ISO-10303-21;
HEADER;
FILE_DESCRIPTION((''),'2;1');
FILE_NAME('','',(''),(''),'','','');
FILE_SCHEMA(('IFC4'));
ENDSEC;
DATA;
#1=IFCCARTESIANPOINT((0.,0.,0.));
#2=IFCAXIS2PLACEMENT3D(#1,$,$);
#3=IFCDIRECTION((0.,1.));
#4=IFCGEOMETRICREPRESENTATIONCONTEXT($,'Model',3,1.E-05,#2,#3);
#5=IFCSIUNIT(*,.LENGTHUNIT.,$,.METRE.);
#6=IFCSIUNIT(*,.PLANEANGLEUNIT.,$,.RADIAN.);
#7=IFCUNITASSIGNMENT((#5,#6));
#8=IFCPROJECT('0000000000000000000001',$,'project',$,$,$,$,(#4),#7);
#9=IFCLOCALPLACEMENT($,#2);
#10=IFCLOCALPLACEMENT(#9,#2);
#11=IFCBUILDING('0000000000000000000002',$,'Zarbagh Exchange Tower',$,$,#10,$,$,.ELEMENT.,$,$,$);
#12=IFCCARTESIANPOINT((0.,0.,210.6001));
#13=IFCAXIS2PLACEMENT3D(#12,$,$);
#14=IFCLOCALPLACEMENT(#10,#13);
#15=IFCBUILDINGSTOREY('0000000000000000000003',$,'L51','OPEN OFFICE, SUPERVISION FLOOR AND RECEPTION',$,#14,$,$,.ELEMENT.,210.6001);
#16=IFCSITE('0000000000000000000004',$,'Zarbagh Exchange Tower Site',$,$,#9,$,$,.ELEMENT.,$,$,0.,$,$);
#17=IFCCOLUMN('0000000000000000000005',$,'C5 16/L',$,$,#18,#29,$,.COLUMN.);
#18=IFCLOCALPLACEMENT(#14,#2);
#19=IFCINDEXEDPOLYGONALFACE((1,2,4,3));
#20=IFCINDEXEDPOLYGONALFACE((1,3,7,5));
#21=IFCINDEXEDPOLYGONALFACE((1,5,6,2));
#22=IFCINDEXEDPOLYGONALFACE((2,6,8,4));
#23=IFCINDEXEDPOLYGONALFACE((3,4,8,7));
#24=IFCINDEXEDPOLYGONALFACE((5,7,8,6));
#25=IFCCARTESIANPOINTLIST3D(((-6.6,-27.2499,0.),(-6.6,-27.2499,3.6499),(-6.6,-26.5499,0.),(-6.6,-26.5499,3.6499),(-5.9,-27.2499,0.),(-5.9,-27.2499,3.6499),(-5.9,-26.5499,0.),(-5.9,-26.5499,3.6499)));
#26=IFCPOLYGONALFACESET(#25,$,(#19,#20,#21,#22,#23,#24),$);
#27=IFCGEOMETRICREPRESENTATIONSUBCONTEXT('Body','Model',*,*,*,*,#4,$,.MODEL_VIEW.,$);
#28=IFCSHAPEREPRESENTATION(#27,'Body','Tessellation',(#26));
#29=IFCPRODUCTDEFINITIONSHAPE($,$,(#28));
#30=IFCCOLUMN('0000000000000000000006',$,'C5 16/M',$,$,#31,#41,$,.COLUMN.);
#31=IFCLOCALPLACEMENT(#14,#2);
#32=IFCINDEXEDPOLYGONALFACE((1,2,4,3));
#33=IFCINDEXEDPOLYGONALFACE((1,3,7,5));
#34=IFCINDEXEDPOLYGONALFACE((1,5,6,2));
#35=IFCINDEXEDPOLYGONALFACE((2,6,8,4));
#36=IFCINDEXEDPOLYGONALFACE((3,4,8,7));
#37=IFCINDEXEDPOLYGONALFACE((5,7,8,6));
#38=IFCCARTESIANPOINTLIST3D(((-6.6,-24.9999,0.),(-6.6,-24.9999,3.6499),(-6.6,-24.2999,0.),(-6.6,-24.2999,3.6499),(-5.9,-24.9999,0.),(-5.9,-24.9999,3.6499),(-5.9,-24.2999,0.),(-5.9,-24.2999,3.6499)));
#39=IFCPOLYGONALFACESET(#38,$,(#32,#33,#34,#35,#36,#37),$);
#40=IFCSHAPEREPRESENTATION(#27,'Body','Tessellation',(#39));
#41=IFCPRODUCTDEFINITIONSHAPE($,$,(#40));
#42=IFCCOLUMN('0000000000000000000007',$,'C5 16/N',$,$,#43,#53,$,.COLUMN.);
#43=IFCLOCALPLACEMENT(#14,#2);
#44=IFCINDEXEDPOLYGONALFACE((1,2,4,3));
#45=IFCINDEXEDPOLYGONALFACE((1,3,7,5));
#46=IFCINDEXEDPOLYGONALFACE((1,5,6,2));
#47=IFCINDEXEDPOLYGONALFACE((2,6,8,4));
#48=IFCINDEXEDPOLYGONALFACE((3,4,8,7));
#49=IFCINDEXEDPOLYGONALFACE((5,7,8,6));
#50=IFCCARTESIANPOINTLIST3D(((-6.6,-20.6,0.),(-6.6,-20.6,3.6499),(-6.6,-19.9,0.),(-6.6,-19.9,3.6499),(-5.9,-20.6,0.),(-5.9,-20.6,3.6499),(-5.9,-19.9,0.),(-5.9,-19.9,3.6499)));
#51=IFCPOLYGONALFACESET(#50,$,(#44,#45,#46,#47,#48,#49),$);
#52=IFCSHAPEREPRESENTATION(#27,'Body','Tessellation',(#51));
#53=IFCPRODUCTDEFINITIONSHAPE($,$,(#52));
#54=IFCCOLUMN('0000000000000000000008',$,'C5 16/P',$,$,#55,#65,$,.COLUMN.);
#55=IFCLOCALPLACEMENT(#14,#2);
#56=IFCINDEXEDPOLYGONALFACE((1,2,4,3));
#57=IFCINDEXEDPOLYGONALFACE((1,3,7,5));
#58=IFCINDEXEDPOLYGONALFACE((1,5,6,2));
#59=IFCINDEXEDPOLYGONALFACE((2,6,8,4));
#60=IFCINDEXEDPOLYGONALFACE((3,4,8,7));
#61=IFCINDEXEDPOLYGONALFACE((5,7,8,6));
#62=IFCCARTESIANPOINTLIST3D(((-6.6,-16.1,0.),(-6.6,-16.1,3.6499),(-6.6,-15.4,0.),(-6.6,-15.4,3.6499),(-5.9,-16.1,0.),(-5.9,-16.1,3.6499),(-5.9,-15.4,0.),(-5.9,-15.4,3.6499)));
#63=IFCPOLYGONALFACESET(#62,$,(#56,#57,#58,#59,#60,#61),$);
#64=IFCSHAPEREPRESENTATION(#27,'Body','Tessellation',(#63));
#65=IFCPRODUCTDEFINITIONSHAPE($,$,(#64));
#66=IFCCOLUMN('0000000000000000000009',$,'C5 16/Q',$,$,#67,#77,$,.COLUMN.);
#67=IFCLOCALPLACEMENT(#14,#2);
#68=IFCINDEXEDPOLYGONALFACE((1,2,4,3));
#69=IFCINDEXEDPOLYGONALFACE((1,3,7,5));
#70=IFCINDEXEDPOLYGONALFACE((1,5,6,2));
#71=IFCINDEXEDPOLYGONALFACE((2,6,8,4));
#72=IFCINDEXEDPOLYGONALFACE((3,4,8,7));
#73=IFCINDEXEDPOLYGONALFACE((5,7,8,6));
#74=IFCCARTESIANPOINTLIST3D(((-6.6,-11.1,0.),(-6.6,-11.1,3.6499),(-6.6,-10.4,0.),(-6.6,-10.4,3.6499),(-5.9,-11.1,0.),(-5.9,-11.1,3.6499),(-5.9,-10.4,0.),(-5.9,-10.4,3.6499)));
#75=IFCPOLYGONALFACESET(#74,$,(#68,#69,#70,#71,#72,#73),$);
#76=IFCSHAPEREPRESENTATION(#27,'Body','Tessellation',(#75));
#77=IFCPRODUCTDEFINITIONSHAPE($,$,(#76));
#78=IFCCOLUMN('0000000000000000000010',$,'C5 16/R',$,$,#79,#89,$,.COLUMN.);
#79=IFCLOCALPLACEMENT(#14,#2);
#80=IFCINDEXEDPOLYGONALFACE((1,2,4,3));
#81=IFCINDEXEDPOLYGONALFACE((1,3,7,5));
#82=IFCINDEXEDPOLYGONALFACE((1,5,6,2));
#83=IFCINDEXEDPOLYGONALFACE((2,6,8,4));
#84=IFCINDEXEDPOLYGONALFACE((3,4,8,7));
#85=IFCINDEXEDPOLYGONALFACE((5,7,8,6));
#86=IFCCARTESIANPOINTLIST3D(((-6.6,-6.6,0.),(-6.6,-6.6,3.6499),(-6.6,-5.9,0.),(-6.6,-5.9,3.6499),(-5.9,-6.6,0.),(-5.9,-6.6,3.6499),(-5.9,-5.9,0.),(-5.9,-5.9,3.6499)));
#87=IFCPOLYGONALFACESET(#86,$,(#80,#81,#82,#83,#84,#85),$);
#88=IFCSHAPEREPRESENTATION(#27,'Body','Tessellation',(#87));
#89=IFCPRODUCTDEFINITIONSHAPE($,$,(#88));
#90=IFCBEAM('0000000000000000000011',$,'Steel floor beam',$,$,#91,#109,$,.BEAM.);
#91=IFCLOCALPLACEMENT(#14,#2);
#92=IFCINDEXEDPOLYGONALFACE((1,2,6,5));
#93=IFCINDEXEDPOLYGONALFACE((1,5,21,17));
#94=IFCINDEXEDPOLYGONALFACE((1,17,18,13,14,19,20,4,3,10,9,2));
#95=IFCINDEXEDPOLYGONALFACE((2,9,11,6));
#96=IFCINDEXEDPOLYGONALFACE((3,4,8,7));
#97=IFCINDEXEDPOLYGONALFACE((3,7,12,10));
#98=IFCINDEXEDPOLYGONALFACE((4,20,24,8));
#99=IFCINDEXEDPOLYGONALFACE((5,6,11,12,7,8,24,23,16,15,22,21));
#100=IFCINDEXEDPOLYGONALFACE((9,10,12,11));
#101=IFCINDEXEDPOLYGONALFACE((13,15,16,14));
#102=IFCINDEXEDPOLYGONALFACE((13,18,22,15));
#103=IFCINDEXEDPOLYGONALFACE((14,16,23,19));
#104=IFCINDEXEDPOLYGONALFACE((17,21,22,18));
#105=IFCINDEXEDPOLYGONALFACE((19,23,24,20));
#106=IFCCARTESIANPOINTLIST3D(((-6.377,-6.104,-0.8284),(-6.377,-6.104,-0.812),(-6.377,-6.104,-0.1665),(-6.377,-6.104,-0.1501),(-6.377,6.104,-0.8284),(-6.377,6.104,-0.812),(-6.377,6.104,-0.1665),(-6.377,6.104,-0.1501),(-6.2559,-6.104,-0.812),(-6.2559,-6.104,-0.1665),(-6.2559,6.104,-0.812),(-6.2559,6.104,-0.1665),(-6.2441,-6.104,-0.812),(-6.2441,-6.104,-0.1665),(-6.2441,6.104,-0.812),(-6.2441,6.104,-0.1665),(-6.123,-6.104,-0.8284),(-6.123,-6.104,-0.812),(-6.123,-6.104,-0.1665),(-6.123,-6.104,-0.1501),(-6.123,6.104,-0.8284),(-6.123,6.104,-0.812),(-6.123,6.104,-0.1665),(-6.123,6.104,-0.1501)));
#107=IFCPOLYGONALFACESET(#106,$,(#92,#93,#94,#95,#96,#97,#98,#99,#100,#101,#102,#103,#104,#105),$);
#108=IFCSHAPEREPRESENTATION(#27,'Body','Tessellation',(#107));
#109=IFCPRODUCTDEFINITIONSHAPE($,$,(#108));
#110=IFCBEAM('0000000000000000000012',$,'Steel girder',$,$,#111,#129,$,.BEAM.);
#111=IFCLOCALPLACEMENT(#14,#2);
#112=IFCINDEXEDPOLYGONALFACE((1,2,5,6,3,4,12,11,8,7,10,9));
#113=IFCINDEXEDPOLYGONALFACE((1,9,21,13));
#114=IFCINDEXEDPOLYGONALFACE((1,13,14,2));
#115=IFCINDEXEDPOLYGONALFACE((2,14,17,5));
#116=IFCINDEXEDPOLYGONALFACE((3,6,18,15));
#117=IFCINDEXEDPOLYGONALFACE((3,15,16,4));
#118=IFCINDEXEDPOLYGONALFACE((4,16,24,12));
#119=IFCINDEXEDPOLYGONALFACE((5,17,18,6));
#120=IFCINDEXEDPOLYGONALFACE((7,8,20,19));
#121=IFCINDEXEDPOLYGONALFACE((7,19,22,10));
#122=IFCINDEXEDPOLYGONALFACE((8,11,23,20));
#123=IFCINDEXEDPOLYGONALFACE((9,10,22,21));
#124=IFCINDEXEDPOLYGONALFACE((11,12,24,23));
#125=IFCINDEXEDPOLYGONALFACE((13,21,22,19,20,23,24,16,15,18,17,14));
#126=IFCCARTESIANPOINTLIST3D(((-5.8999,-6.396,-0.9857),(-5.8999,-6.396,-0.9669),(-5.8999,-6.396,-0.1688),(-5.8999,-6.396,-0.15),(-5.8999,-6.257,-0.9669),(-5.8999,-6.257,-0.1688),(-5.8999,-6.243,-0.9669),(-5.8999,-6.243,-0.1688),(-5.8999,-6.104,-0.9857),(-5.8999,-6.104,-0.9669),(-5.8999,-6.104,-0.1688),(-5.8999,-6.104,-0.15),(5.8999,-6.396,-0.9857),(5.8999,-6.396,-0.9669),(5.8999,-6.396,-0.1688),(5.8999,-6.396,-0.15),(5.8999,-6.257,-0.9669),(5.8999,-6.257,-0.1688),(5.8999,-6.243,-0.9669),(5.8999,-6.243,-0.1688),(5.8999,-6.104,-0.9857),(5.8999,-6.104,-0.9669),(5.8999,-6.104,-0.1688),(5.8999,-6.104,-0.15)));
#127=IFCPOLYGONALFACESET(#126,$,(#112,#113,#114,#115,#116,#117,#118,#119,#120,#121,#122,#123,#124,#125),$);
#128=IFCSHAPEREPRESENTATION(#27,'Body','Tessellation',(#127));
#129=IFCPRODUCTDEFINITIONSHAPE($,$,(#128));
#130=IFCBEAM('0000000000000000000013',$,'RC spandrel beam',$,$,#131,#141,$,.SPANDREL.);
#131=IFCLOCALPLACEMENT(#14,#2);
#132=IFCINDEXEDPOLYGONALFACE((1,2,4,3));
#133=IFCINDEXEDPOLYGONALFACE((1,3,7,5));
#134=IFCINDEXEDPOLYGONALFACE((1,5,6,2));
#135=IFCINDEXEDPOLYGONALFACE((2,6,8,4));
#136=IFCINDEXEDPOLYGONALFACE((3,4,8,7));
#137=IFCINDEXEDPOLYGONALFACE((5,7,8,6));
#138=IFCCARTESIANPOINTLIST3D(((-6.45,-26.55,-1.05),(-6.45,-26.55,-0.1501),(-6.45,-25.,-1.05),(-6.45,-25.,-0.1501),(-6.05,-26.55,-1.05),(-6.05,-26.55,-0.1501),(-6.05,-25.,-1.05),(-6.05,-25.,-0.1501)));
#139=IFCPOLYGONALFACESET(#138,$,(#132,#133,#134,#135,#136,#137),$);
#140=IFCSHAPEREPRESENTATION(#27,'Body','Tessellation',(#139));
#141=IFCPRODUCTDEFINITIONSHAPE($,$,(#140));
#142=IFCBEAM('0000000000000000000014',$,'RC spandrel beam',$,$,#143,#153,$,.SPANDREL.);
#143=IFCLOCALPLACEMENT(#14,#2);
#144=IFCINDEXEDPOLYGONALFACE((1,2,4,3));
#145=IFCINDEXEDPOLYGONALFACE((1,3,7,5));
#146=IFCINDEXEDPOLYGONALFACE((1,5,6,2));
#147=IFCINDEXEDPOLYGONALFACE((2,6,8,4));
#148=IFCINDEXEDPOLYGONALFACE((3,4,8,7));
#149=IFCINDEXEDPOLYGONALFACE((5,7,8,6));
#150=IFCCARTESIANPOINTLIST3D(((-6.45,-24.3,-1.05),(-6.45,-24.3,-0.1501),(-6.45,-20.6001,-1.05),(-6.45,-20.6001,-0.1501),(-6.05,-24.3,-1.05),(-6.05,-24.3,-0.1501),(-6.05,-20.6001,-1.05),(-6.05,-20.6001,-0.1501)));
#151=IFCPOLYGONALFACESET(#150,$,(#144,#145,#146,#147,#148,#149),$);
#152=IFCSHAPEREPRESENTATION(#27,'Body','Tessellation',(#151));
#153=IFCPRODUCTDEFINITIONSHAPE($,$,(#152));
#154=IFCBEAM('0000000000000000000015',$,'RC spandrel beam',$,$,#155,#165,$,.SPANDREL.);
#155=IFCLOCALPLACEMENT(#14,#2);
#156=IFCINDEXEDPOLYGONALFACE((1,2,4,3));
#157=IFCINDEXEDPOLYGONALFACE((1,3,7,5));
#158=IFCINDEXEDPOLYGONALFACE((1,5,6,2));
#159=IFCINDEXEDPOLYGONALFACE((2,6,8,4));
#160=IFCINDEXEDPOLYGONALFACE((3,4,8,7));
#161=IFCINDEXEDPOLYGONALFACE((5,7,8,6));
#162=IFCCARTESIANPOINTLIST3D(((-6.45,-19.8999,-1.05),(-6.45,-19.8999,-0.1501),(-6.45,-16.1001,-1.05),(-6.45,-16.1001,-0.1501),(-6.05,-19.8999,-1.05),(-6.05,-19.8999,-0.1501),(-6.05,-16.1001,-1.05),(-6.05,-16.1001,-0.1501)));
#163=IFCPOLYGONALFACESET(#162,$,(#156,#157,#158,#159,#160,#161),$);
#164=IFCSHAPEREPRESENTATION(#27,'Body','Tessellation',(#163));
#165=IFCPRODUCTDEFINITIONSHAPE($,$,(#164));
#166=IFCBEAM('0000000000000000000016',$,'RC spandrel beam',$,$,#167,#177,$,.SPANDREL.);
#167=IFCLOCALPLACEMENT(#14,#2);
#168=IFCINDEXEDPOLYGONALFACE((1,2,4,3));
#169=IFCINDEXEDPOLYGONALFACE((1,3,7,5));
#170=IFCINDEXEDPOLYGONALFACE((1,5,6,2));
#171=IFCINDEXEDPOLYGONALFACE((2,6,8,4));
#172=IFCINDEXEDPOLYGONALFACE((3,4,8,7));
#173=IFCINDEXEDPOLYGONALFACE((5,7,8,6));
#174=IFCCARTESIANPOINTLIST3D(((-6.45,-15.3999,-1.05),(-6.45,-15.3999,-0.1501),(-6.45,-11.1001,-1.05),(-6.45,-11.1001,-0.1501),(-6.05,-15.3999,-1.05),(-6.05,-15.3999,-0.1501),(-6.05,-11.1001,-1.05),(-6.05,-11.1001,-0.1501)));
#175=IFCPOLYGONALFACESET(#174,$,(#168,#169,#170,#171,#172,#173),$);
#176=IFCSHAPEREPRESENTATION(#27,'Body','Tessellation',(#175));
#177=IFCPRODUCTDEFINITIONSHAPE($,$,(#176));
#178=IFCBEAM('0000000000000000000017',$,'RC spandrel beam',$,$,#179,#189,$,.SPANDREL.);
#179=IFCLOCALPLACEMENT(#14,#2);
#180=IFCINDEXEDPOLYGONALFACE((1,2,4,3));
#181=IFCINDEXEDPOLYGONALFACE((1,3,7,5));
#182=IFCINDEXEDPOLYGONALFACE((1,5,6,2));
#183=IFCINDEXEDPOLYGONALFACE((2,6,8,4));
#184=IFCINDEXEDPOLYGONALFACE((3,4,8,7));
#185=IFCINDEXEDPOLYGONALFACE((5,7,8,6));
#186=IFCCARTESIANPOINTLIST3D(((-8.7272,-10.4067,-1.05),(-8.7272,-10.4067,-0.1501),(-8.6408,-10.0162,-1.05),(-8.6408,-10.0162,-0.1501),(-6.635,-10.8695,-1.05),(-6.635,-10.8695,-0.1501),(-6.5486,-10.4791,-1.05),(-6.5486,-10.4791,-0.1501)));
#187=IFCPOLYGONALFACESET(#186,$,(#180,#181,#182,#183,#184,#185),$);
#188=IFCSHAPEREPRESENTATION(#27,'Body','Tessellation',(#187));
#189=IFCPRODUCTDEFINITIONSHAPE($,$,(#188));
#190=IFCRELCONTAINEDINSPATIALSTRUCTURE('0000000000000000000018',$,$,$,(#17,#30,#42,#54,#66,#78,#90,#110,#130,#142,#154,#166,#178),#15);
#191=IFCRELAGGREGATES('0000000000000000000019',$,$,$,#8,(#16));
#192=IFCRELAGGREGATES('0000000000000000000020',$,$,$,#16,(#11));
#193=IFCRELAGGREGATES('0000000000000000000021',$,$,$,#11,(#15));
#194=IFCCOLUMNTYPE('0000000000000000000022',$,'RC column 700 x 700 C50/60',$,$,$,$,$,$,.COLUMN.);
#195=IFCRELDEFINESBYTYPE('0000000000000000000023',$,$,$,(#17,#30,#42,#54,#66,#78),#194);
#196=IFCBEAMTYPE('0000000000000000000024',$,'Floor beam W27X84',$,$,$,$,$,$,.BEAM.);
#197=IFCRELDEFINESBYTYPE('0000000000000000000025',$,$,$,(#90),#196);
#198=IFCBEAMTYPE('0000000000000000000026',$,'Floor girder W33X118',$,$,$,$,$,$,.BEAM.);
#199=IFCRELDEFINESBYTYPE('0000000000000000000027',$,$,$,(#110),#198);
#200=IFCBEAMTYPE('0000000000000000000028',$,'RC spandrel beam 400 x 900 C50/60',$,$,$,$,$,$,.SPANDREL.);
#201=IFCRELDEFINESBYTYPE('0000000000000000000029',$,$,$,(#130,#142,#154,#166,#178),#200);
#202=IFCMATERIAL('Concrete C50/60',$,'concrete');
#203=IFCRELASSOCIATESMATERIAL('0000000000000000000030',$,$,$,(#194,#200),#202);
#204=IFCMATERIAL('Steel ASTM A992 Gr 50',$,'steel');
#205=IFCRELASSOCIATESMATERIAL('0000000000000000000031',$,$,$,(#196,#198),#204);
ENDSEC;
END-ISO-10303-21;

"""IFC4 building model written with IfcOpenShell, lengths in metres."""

from ifc_helpers import new_model, si_unit, direction, frame, origin, origin_2d, place, context, subcontext, project, spatial, rectangle, i_section, extrude, material, material_profile, profile_set, type_object, element, save


model = new_model("IFC4")

# Units and contexts
model_context = context("Model", 3, precision=1e-05, world=origin(), true_north=direction((0.0, 1.0)))
body_context = subcontext(model_context, "Body", "Model", "MODEL_VIEW")
ifc_project = project(units=[si_unit("LENGTHUNIT", "METRE"), si_unit("PLANEANGLEUNIT", "RADIAN")], contexts=[model_context])

# Site, building, storey
site_placement = place(None, origin())
site = spatial("IfcSite", under=ifc_project, at=site_placement, Name="Zarbagh Exchange Tower Site", CompositionType="ELEMENT", RefElevation=0.0)
building_placement = place(site_placement, origin())
building = spatial("IfcBuilding", under=site, at=building_placement, Name="Zarbagh Exchange Tower", CompositionType="ELEMENT")
storey_placement = place(building_placement, frame((0.0, 0.0, 210.6001)))
storey = spatial("IfcBuildingStorey", under=building, at=storey_placement, Name="L51", Description="OPEN OFFICE, SUPERVISION FLOOR AND RECEPTION", CompositionType="ELEMENT", Elevation=210.6001)

# Columns
ifc_material_1 = material(Name="Concrete C50/60", Category="concrete")
ifc_material_profile_1 = material_profile(ifc_material_1, rectangle(XDim=0.7, YDim=0.7, at=origin_2d()), Name="RC column 700 x 700 C50/60")
ifc_profile_set_1 = profile_set([ifc_material_profile_1], Name="Concrete C50/60")
column_type = type_object("IfcColumnType", Name="RC column 700 x 700 C50/60", PredefinedType="COLUMN", material=ifc_profile_set_1)
for number, where, z_axis, x_axis, name in (
    (1, (-6.25, -26.8999, 0.0), (0.0, 0.0, 1.0), (1.0, 0.0, 0.0), "C5 16/L"),
    (2, (-6.25, -24.6499, 0.0), (0.0, 0.0, 1.0), (1.0, 0.0, 0.0), "C5 16/M"),
    (3, (-6.25, -20.25, 0.0), (0.0, 0.0, 1.0), (1.0, 0.0, 0.0), "C5 16/N"),
    (4, (-6.25, -15.75, 0.0), (0.0, 0.0, 1.0), (1.0, 0.0, 0.0), "C5 16/P"),
    (5, (-6.25, -10.75, 0.0), (0.0, 0.0, 1.0), (1.0, 0.0, 0.0), "C5 16/Q"),
    (6, (-6.25, -6.25, 0.0), (0.0, 0.0, 1.0), (1.0, 0.0, 0.0), "C5 16/R"),
):
    element("IfcColumn", number, at=place(storey_placement, frame(where, z_axis=z_axis, x_axis=x_axis)), inside=storey, type_object=column_type, Name=name, PredefinedType="COLUMN", context=body_context, shape_type="SweptSolid", body=[
        extrude(rectangle(XDim=0.7, YDim=0.7, at=origin_2d()), origin(), (0.0, 0.0, 1.0), 3.6499),
    ])

# Beams
ifc_material_2 = material(Name="Steel ASTM A992 Gr 50", Category="steel")
ifc_material_profile_2 = material_profile(ifc_material_2, i_section(OverallWidth=0.2539, OverallDepth=0.6782, WebThickness=0.0117, FlangeThickness=0.0164, at=origin_2d()), Name="W27X84")
ifc_profile_set_2 = profile_set([ifc_material_profile_2], Name="Steel ASTM A992 Gr 50")
beam_type_1 = type_object("IfcBeamType", Name="Floor beam W27X84", PredefinedType="BEAM", material=ifc_profile_set_2)
beam_1_placement = place(storey_placement, frame((-6.25, -6.104, -0.4893), z_axis=(0.0, 1.0, 0.0), x_axis=(-1.0, 0.0, 0.0)))
element("IfcBeam", 7, at=beam_1_placement, inside=storey, type_object=beam_type_1, Name="Steel floor beam", PredefinedType="BEAM", context=body_context, shape_type="SweptSolid", body=[
    extrude(i_section(OverallWidth=0.2539, OverallDepth=0.6782, WebThickness=0.0117, FlangeThickness=0.0164, at=origin_2d()), origin(), (0.0, 0.0, 1.0), 12.208),
])
ifc_material_profile_3 = material_profile(ifc_material_2, i_section(OverallWidth=0.292, OverallDepth=0.8357, WebThickness=0.0139, FlangeThickness=0.0188, at=origin_2d()), Name="W33X118")
ifc_profile_set_3 = profile_set([ifc_material_profile_3], Name="Steel ASTM A992 Gr 50")
beam_type_2 = type_object("IfcBeamType", Name="Floor girder W33X118", PredefinedType="BEAM", material=ifc_profile_set_3)
beam_2_placement = place(storey_placement, frame((-5.8999, -6.25, -0.5679), z_axis=(1.0, 0.0, 0.0), x_axis=(0.0, 1.0, 0.0)))
element("IfcBeam", 8, at=beam_2_placement, inside=storey, type_object=beam_type_2, Name="Steel girder", PredefinedType="BEAM", context=body_context, shape_type="SweptSolid", body=[
    extrude(i_section(OverallWidth=0.292, OverallDepth=0.8357, WebThickness=0.0139, FlangeThickness=0.0188, at=origin_2d()), origin(), (0.0, 0.0, 1.0), 11.7998),
])
ifc_material_profile_4 = material_profile(ifc_material_1, rectangle(XDim=0.3999, YDim=0.8999, at=origin_2d()), Name="RC spandrel beam 400 x 900 C50/60")
ifc_profile_set_4 = profile_set([ifc_material_profile_4], Name="Concrete C50/60")
beam_type_3 = type_object("IfcBeamType", Name="RC spandrel beam 400 x 900 C50/60", PredefinedType="SPANDREL", material=ifc_profile_set_4)
beam_3_placement = place(storey_placement, frame((-6.25, -26.55, -0.6001), z_axis=(0.0, 1.0, 0.0), x_axis=(-1.0, 0.0, 0.0)))
element("IfcBeam", 9, at=beam_3_placement, inside=storey, type_object=beam_type_3, Name="RC spandrel beam", PredefinedType="SPANDREL", context=body_context, shape_type="SweptSolid", body=[
    extrude(rectangle(XDim=0.3999, YDim=0.8999, at=origin_2d()), origin(), (0.0, 0.0, 1.0), 1.55),
])
beam_4_placement = place(storey_placement, frame((-6.25, -24.3, -0.6001), z_axis=(0.0, 1.0, 0.0), x_axis=(-1.0, 0.0, 0.0)))
element("IfcBeam", 10, at=beam_4_placement, inside=storey, type_object=beam_type_3, Name="RC spandrel beam", PredefinedType="SPANDREL", context=body_context, shape_type="SweptSolid", body=[
    extrude(rectangle(XDim=0.3999, YDim=0.8999, at=origin_2d()), origin(), (0.0, 0.0, 1.0), 3.7),
])
beam_5_placement = place(storey_placement, frame((-6.25, -19.8999, -0.6001), z_axis=(0.0, 1.0, 0.0), x_axis=(-1.0, 0.0, 0.0)))
element("IfcBeam", 11, at=beam_5_placement, inside=storey, type_object=beam_type_3, Name="RC spandrel beam", PredefinedType="SPANDREL", context=body_context, shape_type="SweptSolid", body=[
    extrude(rectangle(XDim=0.3999, YDim=0.8999, at=origin_2d()), origin(), (0.0, 0.0, 1.0), 3.7998),
])
beam_6_placement = place(storey_placement, frame((-6.25, -15.3999, -0.6001), z_axis=(0.0, 1.0, 0.0), x_axis=(-1.0, 0.0, 0.0)))
element("IfcBeam", 12, at=beam_6_placement, inside=storey, type_object=beam_type_3, Name="RC spandrel beam", PredefinedType="SPANDREL", context=body_context, shape_type="SweptSolid", body=[
    extrude(rectangle(XDim=0.3999, YDim=0.8999, at=origin_2d()), origin(), (0.0, 0.0, 1.0), 4.2998),
])
beam_7_placement = place(storey_placement, frame((-6.5918, -10.6743, -0.6001), z_axis=(-0.97639, 0.216014, 0.0), x_axis=(-0.216014, -0.97639, 0.0)))
element("IfcBeam", 13, at=beam_7_placement, inside=storey, type_object=beam_type_3, Name="RC spandrel beam", PredefinedType="SPANDREL", context=body_context, shape_type="SweptSolid", body=[
    extrude(rectangle(XDim=0.3999, YDim=0.8999, at=origin_2d()), origin(), (0.0, 0.0, 1.0), 2.1428),
])

save(model, "model.ifc")
